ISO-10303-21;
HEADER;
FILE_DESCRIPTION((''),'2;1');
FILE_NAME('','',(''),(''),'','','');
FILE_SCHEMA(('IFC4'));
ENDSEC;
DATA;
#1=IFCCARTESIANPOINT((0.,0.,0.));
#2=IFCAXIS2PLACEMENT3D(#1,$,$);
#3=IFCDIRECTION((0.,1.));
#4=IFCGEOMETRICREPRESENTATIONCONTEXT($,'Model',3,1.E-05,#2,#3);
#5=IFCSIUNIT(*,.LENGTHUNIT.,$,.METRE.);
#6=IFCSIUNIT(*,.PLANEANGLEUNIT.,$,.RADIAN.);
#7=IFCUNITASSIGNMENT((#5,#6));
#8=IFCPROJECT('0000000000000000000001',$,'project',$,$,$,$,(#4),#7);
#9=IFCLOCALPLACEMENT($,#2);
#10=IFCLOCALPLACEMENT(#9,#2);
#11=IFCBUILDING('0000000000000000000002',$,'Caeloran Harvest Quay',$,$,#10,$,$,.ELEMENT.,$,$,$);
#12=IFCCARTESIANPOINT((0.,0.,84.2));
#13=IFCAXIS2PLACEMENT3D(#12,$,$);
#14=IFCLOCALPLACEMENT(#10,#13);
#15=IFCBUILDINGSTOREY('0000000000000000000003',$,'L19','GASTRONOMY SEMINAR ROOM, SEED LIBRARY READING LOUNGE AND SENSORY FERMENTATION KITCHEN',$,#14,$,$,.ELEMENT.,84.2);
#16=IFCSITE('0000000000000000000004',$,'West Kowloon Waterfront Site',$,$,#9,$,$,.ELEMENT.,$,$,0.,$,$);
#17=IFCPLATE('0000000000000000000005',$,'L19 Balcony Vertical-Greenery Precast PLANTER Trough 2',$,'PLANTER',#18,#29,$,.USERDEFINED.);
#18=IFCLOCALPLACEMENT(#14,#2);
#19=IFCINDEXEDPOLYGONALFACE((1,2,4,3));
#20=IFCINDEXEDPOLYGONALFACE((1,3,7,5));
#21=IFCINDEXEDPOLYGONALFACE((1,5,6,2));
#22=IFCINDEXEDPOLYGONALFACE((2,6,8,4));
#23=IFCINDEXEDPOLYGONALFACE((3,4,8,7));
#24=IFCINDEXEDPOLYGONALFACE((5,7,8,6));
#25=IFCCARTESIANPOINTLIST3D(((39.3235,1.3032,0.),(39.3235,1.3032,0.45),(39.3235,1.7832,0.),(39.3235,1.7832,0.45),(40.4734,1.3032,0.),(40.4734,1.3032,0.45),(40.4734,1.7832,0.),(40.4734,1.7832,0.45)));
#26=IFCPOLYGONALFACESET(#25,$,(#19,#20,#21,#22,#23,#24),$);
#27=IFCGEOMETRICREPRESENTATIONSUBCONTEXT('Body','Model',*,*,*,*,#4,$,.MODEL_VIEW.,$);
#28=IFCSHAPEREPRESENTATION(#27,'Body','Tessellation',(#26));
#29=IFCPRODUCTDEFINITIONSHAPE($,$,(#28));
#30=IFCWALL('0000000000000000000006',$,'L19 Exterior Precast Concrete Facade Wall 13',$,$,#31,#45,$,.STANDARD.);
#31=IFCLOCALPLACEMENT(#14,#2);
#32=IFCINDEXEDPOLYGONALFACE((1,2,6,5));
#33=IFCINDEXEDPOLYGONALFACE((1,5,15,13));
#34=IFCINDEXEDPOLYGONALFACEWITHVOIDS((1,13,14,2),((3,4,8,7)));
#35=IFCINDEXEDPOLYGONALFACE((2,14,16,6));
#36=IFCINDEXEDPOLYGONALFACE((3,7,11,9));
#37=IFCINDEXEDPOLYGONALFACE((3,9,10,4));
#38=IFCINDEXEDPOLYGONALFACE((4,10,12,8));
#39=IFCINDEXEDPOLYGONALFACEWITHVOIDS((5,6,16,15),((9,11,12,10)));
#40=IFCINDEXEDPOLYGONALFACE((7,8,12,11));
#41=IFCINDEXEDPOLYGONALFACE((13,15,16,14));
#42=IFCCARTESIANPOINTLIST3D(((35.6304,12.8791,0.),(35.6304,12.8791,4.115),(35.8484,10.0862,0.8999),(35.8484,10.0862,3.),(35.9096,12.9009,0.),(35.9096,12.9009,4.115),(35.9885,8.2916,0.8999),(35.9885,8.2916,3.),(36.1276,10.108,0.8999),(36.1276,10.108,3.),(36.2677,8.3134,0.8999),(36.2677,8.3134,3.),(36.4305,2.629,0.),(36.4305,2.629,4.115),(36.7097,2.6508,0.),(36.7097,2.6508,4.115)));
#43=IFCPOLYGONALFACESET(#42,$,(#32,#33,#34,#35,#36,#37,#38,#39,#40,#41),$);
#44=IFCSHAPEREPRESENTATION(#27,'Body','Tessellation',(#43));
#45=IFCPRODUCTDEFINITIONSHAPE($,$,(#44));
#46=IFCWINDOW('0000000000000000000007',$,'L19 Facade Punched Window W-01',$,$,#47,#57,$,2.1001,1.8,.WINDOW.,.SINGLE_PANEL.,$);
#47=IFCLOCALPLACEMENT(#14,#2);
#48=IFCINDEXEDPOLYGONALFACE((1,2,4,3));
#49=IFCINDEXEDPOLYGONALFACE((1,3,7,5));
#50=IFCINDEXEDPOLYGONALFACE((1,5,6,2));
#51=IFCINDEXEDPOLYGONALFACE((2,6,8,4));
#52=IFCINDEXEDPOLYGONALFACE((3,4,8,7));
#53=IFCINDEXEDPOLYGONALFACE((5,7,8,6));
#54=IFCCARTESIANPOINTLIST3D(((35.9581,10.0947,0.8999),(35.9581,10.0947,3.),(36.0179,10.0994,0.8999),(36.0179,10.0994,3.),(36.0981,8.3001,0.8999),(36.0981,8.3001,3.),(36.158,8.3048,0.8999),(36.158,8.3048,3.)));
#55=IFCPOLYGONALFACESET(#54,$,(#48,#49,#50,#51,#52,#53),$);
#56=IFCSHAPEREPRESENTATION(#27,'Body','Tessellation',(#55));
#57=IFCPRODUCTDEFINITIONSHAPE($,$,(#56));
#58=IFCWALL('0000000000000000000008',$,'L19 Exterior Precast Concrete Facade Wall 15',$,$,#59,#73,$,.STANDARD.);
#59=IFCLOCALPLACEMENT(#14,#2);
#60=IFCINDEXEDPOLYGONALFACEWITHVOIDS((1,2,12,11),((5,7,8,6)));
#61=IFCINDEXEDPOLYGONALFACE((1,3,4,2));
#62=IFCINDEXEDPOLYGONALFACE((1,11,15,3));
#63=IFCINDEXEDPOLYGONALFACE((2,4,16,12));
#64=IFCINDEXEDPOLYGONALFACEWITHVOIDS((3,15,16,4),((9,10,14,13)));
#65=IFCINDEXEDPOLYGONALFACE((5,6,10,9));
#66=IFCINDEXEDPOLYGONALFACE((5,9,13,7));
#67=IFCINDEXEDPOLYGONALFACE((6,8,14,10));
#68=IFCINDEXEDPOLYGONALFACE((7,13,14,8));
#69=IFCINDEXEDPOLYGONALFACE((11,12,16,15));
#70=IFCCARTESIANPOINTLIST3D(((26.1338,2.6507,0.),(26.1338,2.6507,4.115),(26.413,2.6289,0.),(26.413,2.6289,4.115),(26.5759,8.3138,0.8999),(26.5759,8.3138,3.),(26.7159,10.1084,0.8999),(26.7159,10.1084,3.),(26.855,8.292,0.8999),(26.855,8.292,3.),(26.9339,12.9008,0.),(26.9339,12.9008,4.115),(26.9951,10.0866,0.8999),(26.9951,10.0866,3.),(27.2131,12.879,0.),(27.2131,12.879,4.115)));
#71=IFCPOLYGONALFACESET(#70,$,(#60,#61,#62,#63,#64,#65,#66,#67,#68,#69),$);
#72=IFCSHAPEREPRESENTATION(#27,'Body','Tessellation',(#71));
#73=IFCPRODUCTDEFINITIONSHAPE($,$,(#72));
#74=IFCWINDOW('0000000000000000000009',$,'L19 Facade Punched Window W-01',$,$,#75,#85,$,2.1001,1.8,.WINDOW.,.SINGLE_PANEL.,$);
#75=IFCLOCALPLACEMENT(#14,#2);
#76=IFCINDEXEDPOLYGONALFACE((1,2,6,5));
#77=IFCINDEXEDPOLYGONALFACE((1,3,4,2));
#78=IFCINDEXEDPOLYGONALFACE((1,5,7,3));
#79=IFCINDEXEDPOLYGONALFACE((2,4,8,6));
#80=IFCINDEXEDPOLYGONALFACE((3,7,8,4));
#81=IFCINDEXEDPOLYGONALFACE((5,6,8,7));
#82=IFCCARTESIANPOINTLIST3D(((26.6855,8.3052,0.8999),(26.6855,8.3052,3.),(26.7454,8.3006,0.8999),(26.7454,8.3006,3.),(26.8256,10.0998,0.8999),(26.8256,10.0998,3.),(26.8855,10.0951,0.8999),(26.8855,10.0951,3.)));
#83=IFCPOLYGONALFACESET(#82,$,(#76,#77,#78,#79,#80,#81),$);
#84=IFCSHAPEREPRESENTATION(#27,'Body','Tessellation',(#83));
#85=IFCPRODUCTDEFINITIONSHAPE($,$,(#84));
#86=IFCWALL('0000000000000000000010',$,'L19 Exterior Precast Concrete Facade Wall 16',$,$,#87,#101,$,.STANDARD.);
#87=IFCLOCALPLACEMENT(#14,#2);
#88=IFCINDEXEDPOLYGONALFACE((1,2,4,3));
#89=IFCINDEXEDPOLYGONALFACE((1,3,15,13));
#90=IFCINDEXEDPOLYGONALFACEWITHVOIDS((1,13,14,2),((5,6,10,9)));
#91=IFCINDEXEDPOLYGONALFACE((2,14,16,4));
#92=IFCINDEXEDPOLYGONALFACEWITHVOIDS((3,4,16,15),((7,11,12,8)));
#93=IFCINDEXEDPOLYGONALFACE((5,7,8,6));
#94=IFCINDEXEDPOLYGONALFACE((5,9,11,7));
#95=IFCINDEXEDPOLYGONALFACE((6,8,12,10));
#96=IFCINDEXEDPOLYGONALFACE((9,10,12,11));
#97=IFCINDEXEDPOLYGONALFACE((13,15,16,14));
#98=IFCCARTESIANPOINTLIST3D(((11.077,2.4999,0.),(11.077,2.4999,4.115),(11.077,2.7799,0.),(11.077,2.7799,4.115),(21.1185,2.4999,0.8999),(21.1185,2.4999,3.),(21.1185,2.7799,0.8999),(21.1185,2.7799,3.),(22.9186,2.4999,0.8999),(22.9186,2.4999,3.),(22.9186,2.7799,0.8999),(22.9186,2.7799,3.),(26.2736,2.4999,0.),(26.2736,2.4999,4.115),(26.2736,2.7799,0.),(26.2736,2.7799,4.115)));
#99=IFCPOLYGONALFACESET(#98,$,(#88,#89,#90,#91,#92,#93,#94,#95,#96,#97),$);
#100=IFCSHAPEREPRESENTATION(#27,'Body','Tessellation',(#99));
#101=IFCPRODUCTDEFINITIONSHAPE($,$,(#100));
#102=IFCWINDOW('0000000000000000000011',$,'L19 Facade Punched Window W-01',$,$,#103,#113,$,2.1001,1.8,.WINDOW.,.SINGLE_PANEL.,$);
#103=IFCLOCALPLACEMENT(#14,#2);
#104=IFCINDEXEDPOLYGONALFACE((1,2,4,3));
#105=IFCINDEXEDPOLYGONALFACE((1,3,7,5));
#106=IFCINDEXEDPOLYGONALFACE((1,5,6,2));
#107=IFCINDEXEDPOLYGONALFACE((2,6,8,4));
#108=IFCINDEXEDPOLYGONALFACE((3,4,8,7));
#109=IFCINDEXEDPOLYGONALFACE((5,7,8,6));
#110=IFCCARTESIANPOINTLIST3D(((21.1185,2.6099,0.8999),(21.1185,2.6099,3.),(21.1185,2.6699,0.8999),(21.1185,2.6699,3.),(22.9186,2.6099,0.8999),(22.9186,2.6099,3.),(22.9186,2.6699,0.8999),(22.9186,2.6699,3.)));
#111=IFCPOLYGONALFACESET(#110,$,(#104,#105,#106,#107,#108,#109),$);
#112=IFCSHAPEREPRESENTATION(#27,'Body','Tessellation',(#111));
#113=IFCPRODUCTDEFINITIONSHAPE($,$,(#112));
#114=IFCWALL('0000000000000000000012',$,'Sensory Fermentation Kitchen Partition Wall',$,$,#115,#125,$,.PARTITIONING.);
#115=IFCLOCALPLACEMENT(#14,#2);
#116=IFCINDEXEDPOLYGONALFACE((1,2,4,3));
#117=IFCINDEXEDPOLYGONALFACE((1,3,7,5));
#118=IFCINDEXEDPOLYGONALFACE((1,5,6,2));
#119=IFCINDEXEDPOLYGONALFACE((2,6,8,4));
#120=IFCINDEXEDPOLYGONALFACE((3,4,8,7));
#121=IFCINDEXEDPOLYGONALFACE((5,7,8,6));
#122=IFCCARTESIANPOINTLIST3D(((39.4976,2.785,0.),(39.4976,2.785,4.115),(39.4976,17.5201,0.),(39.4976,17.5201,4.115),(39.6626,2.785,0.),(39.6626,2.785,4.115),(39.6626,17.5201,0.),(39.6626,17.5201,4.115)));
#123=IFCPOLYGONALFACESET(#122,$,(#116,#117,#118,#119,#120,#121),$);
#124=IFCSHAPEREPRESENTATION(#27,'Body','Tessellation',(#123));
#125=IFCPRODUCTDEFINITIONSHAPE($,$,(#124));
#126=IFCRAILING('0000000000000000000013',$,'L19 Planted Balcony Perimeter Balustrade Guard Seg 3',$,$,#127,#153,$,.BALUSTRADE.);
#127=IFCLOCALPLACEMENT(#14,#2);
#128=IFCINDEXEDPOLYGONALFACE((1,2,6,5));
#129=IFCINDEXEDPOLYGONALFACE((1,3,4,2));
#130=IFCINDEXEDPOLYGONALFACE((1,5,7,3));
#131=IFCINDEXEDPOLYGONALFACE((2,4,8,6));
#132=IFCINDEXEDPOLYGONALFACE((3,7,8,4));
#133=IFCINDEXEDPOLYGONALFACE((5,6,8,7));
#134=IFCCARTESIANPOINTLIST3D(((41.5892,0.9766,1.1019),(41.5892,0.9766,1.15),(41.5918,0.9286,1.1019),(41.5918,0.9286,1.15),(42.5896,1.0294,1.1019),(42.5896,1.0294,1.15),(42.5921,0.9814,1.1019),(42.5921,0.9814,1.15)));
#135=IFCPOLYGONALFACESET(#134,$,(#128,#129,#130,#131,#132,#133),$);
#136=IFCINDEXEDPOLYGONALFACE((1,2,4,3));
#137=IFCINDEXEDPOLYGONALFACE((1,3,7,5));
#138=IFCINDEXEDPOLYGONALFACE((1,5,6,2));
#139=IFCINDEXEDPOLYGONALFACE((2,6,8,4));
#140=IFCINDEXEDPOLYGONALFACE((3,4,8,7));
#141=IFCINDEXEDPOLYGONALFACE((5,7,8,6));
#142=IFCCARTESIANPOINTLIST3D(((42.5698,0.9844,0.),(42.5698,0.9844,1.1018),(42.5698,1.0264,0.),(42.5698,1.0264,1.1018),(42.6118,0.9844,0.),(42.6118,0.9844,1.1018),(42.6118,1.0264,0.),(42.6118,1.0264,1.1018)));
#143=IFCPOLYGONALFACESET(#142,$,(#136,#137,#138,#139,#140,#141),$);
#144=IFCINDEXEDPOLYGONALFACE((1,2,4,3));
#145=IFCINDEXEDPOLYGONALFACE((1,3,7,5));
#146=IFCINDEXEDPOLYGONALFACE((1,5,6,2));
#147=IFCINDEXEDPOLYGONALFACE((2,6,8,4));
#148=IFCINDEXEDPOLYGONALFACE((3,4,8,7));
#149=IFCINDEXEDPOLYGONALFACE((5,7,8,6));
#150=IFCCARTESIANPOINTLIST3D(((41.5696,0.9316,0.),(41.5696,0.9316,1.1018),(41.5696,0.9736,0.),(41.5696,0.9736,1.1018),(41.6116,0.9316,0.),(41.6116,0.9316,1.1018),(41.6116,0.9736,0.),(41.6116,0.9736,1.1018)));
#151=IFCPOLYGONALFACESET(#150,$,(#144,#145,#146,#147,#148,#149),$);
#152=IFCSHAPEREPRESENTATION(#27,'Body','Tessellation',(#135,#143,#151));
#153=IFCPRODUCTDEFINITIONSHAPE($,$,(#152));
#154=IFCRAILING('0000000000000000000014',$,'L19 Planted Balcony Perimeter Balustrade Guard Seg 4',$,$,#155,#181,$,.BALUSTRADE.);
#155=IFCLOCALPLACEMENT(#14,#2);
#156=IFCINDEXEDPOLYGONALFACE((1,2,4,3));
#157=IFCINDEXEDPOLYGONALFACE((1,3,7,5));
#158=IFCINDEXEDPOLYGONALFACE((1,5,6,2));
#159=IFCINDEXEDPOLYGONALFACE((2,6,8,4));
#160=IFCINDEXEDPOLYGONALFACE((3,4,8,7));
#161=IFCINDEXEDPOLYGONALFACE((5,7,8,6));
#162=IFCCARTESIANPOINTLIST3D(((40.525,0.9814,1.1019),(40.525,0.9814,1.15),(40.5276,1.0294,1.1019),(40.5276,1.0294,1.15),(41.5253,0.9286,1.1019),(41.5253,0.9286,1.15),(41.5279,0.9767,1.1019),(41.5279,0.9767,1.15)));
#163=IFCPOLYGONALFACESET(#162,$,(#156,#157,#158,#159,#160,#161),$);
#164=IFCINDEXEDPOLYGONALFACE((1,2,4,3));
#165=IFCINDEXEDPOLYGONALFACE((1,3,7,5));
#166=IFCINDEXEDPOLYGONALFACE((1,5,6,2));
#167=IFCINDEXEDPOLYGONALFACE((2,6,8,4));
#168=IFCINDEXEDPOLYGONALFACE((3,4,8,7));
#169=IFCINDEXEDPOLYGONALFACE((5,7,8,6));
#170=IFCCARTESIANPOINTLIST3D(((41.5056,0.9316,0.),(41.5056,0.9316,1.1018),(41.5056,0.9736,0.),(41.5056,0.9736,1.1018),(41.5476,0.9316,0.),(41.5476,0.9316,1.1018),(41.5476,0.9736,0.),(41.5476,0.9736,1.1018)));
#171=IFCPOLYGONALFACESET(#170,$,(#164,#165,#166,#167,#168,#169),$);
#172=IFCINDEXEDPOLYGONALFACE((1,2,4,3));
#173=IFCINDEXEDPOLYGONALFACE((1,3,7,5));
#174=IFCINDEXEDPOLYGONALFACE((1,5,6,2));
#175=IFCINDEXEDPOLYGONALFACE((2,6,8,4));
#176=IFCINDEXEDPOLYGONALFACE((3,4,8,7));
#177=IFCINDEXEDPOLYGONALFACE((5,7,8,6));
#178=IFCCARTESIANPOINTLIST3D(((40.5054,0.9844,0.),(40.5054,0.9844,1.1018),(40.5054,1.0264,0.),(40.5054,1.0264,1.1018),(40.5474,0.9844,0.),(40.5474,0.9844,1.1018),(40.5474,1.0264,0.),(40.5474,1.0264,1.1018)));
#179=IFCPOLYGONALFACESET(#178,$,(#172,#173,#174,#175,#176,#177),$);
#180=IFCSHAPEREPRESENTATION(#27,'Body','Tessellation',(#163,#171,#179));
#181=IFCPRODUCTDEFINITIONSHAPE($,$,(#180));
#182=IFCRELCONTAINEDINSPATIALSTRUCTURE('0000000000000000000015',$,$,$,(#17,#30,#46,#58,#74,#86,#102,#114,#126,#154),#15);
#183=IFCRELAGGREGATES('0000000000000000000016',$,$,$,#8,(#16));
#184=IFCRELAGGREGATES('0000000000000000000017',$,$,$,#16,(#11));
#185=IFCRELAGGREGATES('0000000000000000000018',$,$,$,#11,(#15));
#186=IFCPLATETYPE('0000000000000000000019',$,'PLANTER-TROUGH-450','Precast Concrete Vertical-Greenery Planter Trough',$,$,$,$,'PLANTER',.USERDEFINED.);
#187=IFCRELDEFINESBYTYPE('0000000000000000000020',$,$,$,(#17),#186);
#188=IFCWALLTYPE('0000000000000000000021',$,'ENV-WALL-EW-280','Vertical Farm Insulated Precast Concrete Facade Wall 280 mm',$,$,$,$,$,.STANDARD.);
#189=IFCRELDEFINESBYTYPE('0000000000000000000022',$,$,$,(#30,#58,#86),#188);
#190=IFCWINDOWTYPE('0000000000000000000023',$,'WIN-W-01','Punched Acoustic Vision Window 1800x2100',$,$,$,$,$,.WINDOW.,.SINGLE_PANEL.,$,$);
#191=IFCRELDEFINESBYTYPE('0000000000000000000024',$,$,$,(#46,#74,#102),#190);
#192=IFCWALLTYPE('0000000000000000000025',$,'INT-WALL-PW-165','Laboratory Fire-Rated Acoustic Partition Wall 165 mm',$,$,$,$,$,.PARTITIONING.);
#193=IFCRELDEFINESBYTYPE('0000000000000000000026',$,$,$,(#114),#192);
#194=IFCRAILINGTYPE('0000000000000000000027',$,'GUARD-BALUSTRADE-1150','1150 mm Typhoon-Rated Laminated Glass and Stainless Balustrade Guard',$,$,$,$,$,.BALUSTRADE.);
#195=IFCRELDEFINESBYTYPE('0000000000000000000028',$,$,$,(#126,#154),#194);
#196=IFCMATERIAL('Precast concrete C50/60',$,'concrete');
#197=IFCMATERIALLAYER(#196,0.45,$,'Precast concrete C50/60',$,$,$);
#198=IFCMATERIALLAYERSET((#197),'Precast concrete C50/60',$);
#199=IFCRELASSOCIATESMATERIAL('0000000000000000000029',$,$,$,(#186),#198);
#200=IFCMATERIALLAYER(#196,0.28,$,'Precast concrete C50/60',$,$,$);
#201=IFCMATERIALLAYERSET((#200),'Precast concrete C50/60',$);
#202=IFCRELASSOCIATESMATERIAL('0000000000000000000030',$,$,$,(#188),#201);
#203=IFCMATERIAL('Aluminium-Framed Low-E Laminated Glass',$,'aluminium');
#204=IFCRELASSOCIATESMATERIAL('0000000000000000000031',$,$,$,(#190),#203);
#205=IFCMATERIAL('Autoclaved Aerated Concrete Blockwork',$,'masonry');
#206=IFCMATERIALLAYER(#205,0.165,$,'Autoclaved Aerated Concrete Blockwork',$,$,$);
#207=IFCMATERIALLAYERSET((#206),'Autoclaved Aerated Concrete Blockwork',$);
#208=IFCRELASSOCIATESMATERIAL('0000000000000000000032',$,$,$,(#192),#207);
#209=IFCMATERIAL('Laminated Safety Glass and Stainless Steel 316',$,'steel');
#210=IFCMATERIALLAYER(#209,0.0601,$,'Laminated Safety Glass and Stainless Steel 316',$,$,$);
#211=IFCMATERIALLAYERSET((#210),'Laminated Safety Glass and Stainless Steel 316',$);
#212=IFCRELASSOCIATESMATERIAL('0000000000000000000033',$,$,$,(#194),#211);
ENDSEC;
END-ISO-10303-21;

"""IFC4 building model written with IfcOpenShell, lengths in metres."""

from ifc_helpers import new_model, si_unit, direction, frame, frame_2d, origin, origin_2d, place, context, subcontext, project, spatial, rectangle, extrude, material, layer, layer_set, type_object, element, fill, save


model = new_model("IFC4")

# Units and contexts
model_context = context("Model", 3, precision=1e-05, world=origin(), true_north=direction((0.0, 1.0)))
body_context = subcontext(model_context, "Body", "Model", "MODEL_VIEW")
ifc_project = project(units=[si_unit("LENGTHUNIT", "METRE"), si_unit("PLANEANGLEUNIT", "RADIAN")], contexts=[model_context])

# Site, building, storey
site_placement = place(None, origin())
site = spatial("IfcSite", under=ifc_project, at=site_placement, Name="West Kowloon Waterfront Site", CompositionType="ELEMENT", RefElevation=0.0)
building_placement = place(site_placement, origin())
building = spatial("IfcBuilding", under=site, at=building_placement, Name="Caeloran Harvest Quay", CompositionType="ELEMENT")
storey_placement = place(building_placement, frame((0.0, 0.0, 84.2)))
storey = spatial("IfcBuildingStorey", under=building, at=storey_placement, Name="L19", Description="GASTRONOMY SEMINAR ROOM, SEED LIBRARY READING LOUNGE AND SENSORY FERMENTATION KITCHEN", CompositionType="ELEMENT", Elevation=84.2)

# Plate
ifc_material_1 = material(Name="Precast concrete C50/60", Category="concrete")
ifc_layer_1 = layer(ifc_material_1, 0.45, Name="Precast concrete C50/60")
ifc_layer_set_1 = layer_set([ifc_layer_1], Name="Precast concrete C50/60")
plate_type = type_object("IfcPlateType", Name="PLANTER-TROUGH-450", Description="Precast Concrete Vertical-Greenery Planter Trough", ElementType="PLANTER", PredefinedType="USERDEFINED", material=ifc_layer_set_1)
plate_placement = place(storey_placement, frame((39.8984, 1.5432, 0.0), z_axis=(0.0, 0.0, 1.0), x_axis=(1.0, 0.0, 0.0)))
element("IfcPlate", 1, at=plate_placement, inside=storey, type_object=plate_type, Name="L19 Balcony Vertical-Greenery Precast PLANTER Trough 2", ObjectType="PLANTER", PredefinedType="USERDEFINED", context=body_context, shape_type="SweptSolid", body=[
    extrude(rectangle(XDim=1.1499, YDim=0.48, at=origin_2d()), origin(), (0.0, 0.0, 1.0), 0.45),
])

# Walls, openings, windows
ifc_layer_2 = layer(ifc_material_1, 0.28, Name="Precast concrete C50/60")
ifc_layer_set_2 = layer_set([ifc_layer_2], Name="Precast concrete C50/60")
wall_type_1 = type_object("IfcWallType", Name="ENV-WALL-EW-280", Description="Vertical Farm Insulated Precast Concrete Facade Wall 280 mm", PredefinedType="STANDARD", material=ifc_layer_set_2)
wall_1_placement = place(storey_placement, frame((36.5701, 2.6399, 0.0), z_axis=(0.0, 0.0, 1.0), x_axis=(-0.077817, 0.996968, 0.0)))
wall_1 = element("IfcWall", 2, at=wall_1_placement, inside=storey, type_object=wall_type_1, Name="L19 Exterior Precast Concrete Facade Wall 13", PredefinedType="STANDARD", context=body_context, shape_type="SweptSolid", body=[
    extrude(rectangle(XDim=10.2812, YDim=0.28, at=frame_2d((5.1406, 0.0))), origin(), (0.0, 0.0, 1.0), 4.115),
])
opening_1_placement = place(wall_1_placement, frame((5.6799, 0.0, 0.8999)))
opening_1 = element("IfcOpeningElement", 3, at=opening_1_placement, cuts=wall_1, PredefinedType="OPENING", context=body_context, shape_type="SweptSolid", body=[
    extrude(rectangle(XDim=1.8, YDim=2.1001, at=frame_2d((0.8999, 1.05))), frame((0.0, 0.1499, 0.0), z_axis=(0.0, -1.0, 0.0), x_axis=(1.0, 0.0, 0.0)), (0.0, 0.0, 1.0), 0.3),
])
ifc_material_2 = material(Name="Aluminium-Framed Low-E Laminated Glass", Category="aluminium")
window_type = type_object("IfcWindowType", Name="WIN-W-01", Description="Punched Acoustic Vision Window 1800x2100", PartitioningType="SINGLE_PANEL", PredefinedType="WINDOW", material=ifc_material_2)
window_1_placement = place(opening_1_placement, origin())
window_1 = element("IfcWindow", 4, at=window_1_placement, inside=storey, type_object=window_type, Name="L19 Facade Punched Window W-01", OverallHeight=2.1001, OverallWidth=1.8, PartitioningType="SINGLE_PANEL", PredefinedType="WINDOW", context=body_context, shape_type="SweptSolid", body=[
    extrude(rectangle(XDim=1.8, YDim=2.1001, at=frame_2d((0.8999, 1.05))), frame((0.0, 0.03, 0.0), z_axis=(0.0, -1.0, 0.0), x_axis=(1.0, 0.0, 0.0)), (0.0, 0.0, 1.0), 0.0601),
])
fill(opening_1, window_1)
wall_2_placement = place(storey_placement, frame((27.0735, 12.8899, 0.0), z_axis=(0.0, 0.0, 1.0), x_axis=(-0.077817, -0.996968, 0.0)))
wall_2 = element("IfcWall", 5, at=wall_2_placement, inside=storey, type_object=wall_type_1, Name="L19 Exterior Precast Concrete Facade Wall 15", PredefinedType="STANDARD", context=body_context, shape_type="SweptSolid", body=[
    extrude(rectangle(XDim=10.2812, YDim=0.28, at=frame_2d((5.1406, 0.0))), origin(), (0.0, 0.0, 1.0), 4.115),
])
opening_2_placement = place(wall_2_placement, frame((2.801, 0.0, 0.8999)))
opening_2 = element("IfcOpeningElement", 6, at=opening_2_placement, cuts=wall_2, PredefinedType="OPENING", context=body_context, shape_type="SweptSolid", body=[
    extrude(rectangle(XDim=1.8, YDim=2.1001, at=frame_2d((0.8999, 1.05))), frame((0.0, 0.1499, 0.0), z_axis=(0.0, -1.0, 0.0), x_axis=(1.0, 0.0, 0.0)), (0.0, 0.0, 1.0), 0.3),
])
window_2_placement = place(opening_2_placement, origin())
window_2 = element("IfcWindow", 7, at=window_2_placement, inside=storey, type_object=window_type, Name="L19 Facade Punched Window W-01", OverallHeight=2.1001, OverallWidth=1.8, PartitioningType="SINGLE_PANEL", PredefinedType="WINDOW", context=body_context, shape_type="SweptSolid", body=[
    extrude(rectangle(XDim=1.8, YDim=2.1001, at=frame_2d((0.8999, 1.05))), frame((0.0, 0.03, 0.0), z_axis=(0.0, -1.0, 0.0), x_axis=(1.0, 0.0, 0.0)), (0.0, 0.0, 1.0), 0.0601),
])
fill(opening_2, window_2)
wall_3_placement = place(storey_placement, frame((26.2734, 2.6399, 0.0), z_axis=(0.0, 0.0, 1.0), x_axis=(-1.0, 0.0, 0.0)))
wall_3 = element("IfcWall", 8, at=wall_3_placement, inside=storey, type_object=wall_type_1, Name="L19 Exterior Precast Concrete Facade Wall 16", PredefinedType="STANDARD", context=body_context, shape_type="SweptSolid", body=[
    extrude(rectangle(XDim=15.1965, YDim=0.28, at=frame_2d((7.5981, 0.0))), origin(), (0.0, 0.0, 1.0), 4.115),
])
opening_3_placement = place(wall_3_placement, frame((3.355, 0.0, 0.8999)))
opening_3 = element("IfcOpeningElement", 9, at=opening_3_placement, cuts=wall_3, PredefinedType="OPENING", context=body_context, shape_type="SweptSolid", body=[
    extrude(rectangle(XDim=1.8, YDim=2.1001, at=frame_2d((0.8999, 1.05))), frame((0.0, 0.1499, 0.0), z_axis=(0.0, -1.0, 0.0), x_axis=(1.0, 0.0, 0.0)), (0.0, 0.0, 1.0), 0.3),
])
window_3_placement = place(opening_3_placement, origin())
window_3 = element("IfcWindow", 10, at=window_3_placement, inside=storey, type_object=window_type, Name="L19 Facade Punched Window W-01", OverallHeight=2.1001, OverallWidth=1.8, PartitioningType="SINGLE_PANEL", PredefinedType="WINDOW", context=body_context, shape_type="SweptSolid", body=[
    extrude(rectangle(XDim=1.8, YDim=2.1001, at=frame_2d((0.8999, 1.05))), frame((0.0, 0.03, 0.0), z_axis=(0.0, -1.0, 0.0), x_axis=(1.0, 0.0, 0.0)), (0.0, 0.0, 1.0), 0.0601),
])
fill(opening_3, window_3)

# Wall
ifc_material_3 = material(Name="Autoclaved Aerated Concrete Blockwork", Category="masonry")
ifc_layer_3 = layer(ifc_material_3, 0.165, Name="Autoclaved Aerated Concrete Blockwork")
ifc_layer_set_3 = layer_set([ifc_layer_3], Name="Autoclaved Aerated Concrete Blockwork")
wall_type_2 = type_object("IfcWallType", Name="INT-WALL-PW-165", Description="Laboratory Fire-Rated Acoustic Partition Wall 165 mm", PredefinedType="PARTITIONING", material=ifc_layer_set_3)
wall_4_placement = place(storey_placement, frame((39.5801, 2.7849, 0.0), z_axis=(0.0, 0.0, 1.0), x_axis=(0.0, 1.0, 0.0)))
element("IfcWall", 11, at=wall_4_placement, inside=storey, type_object=wall_type_2, Name="Sensory Fermentation Kitchen Partition Wall", PredefinedType="PARTITIONING", context=body_context, shape_type="SweptSolid", body=[
    extrude(rectangle(XDim=14.7351, YDim=0.165, at=frame_2d((7.3677, 0.0))), origin(), (0.0, 0.0, 1.0), 4.115),
])

# Railings
ifc_material_4 = material(Name="Laminated Safety Glass and Stainless Steel 316", Category="steel")
ifc_layer_4 = layer(ifc_material_4, 0.0601, Name="Laminated Safety Glass and Stainless Steel 316")
ifc_layer_set_4 = layer_set([ifc_layer_4], Name="Laminated Safety Glass and Stainless Steel 316")
railing_type = type_object("IfcRailingType", Name="GUARD-BALUSTRADE-1150", Description="1150 mm Typhoon-Rated Laminated Glass and Stainless Balustrade Guard", PredefinedType="BALUSTRADE", material=ifc_layer_set_4)
railing_1_placement = place(storey_placement, frame((42.5908, 1.0054, 0.0)))
element("IfcRailing", 12, at=railing_1_placement, inside=storey, type_object=railing_type, Name="L19 Planted Balcony Perimeter Balustrade Guard Seg 3", PredefinedType="BALUSTRADE", context=body_context, shape_type="SweptSolid", body=[
    extrude(rectangle(XDim=0.0481, YDim=0.0481, at=origin_2d()), frame((0.0, 0.0, 1.126), z_axis=(-0.998613, -0.052648, 0.0), x_axis=(0.052648, -0.998613, 0.0)), (0.0, 0.0, 1.0), 1.0017),
    extrude(rectangle(XDim=0.042, YDim=0.042, at=origin_2d()), origin(), (0.0, 0.0, 1.0), 1.1018),
    extrude(rectangle(XDim=0.042, YDim=0.042, at=origin_2d()), frame((-1.0002, -0.0527, 0.0)), (0.0, 0.0, 1.0), 1.1018),
])
railing_2_placement = place(storey_placement, frame((41.5266, 0.9526, 0.0)))
element("IfcRailing", 13, at=railing_2_placement, inside=storey, type_object=railing_type, Name="L19 Planted Balcony Perimeter Balustrade Guard Seg 4", PredefinedType="BALUSTRADE", context=body_context, shape_type="SweptSolid", body=[
    extrude(rectangle(XDim=0.0481, YDim=0.0481, at=origin_2d()), frame((0.0, 0.0, 1.126), z_axis=(-0.998613, 0.052648, 0.0), x_axis=(-0.052648, -0.998613, 0.0)), (0.0, 0.0, 1.0), 1.0017),
    extrude(rectangle(XDim=0.042, YDim=0.042, at=origin_2d()), origin(), (0.0, 0.0, 1.0), 1.1018),
    extrude(rectangle(XDim=0.042, YDim=0.042, at=origin_2d()), frame((-1.0002, 0.0527, 0.0)), (0.0, 0.0, 1.0), 1.1018),
])

save(model, "model.ifc")
